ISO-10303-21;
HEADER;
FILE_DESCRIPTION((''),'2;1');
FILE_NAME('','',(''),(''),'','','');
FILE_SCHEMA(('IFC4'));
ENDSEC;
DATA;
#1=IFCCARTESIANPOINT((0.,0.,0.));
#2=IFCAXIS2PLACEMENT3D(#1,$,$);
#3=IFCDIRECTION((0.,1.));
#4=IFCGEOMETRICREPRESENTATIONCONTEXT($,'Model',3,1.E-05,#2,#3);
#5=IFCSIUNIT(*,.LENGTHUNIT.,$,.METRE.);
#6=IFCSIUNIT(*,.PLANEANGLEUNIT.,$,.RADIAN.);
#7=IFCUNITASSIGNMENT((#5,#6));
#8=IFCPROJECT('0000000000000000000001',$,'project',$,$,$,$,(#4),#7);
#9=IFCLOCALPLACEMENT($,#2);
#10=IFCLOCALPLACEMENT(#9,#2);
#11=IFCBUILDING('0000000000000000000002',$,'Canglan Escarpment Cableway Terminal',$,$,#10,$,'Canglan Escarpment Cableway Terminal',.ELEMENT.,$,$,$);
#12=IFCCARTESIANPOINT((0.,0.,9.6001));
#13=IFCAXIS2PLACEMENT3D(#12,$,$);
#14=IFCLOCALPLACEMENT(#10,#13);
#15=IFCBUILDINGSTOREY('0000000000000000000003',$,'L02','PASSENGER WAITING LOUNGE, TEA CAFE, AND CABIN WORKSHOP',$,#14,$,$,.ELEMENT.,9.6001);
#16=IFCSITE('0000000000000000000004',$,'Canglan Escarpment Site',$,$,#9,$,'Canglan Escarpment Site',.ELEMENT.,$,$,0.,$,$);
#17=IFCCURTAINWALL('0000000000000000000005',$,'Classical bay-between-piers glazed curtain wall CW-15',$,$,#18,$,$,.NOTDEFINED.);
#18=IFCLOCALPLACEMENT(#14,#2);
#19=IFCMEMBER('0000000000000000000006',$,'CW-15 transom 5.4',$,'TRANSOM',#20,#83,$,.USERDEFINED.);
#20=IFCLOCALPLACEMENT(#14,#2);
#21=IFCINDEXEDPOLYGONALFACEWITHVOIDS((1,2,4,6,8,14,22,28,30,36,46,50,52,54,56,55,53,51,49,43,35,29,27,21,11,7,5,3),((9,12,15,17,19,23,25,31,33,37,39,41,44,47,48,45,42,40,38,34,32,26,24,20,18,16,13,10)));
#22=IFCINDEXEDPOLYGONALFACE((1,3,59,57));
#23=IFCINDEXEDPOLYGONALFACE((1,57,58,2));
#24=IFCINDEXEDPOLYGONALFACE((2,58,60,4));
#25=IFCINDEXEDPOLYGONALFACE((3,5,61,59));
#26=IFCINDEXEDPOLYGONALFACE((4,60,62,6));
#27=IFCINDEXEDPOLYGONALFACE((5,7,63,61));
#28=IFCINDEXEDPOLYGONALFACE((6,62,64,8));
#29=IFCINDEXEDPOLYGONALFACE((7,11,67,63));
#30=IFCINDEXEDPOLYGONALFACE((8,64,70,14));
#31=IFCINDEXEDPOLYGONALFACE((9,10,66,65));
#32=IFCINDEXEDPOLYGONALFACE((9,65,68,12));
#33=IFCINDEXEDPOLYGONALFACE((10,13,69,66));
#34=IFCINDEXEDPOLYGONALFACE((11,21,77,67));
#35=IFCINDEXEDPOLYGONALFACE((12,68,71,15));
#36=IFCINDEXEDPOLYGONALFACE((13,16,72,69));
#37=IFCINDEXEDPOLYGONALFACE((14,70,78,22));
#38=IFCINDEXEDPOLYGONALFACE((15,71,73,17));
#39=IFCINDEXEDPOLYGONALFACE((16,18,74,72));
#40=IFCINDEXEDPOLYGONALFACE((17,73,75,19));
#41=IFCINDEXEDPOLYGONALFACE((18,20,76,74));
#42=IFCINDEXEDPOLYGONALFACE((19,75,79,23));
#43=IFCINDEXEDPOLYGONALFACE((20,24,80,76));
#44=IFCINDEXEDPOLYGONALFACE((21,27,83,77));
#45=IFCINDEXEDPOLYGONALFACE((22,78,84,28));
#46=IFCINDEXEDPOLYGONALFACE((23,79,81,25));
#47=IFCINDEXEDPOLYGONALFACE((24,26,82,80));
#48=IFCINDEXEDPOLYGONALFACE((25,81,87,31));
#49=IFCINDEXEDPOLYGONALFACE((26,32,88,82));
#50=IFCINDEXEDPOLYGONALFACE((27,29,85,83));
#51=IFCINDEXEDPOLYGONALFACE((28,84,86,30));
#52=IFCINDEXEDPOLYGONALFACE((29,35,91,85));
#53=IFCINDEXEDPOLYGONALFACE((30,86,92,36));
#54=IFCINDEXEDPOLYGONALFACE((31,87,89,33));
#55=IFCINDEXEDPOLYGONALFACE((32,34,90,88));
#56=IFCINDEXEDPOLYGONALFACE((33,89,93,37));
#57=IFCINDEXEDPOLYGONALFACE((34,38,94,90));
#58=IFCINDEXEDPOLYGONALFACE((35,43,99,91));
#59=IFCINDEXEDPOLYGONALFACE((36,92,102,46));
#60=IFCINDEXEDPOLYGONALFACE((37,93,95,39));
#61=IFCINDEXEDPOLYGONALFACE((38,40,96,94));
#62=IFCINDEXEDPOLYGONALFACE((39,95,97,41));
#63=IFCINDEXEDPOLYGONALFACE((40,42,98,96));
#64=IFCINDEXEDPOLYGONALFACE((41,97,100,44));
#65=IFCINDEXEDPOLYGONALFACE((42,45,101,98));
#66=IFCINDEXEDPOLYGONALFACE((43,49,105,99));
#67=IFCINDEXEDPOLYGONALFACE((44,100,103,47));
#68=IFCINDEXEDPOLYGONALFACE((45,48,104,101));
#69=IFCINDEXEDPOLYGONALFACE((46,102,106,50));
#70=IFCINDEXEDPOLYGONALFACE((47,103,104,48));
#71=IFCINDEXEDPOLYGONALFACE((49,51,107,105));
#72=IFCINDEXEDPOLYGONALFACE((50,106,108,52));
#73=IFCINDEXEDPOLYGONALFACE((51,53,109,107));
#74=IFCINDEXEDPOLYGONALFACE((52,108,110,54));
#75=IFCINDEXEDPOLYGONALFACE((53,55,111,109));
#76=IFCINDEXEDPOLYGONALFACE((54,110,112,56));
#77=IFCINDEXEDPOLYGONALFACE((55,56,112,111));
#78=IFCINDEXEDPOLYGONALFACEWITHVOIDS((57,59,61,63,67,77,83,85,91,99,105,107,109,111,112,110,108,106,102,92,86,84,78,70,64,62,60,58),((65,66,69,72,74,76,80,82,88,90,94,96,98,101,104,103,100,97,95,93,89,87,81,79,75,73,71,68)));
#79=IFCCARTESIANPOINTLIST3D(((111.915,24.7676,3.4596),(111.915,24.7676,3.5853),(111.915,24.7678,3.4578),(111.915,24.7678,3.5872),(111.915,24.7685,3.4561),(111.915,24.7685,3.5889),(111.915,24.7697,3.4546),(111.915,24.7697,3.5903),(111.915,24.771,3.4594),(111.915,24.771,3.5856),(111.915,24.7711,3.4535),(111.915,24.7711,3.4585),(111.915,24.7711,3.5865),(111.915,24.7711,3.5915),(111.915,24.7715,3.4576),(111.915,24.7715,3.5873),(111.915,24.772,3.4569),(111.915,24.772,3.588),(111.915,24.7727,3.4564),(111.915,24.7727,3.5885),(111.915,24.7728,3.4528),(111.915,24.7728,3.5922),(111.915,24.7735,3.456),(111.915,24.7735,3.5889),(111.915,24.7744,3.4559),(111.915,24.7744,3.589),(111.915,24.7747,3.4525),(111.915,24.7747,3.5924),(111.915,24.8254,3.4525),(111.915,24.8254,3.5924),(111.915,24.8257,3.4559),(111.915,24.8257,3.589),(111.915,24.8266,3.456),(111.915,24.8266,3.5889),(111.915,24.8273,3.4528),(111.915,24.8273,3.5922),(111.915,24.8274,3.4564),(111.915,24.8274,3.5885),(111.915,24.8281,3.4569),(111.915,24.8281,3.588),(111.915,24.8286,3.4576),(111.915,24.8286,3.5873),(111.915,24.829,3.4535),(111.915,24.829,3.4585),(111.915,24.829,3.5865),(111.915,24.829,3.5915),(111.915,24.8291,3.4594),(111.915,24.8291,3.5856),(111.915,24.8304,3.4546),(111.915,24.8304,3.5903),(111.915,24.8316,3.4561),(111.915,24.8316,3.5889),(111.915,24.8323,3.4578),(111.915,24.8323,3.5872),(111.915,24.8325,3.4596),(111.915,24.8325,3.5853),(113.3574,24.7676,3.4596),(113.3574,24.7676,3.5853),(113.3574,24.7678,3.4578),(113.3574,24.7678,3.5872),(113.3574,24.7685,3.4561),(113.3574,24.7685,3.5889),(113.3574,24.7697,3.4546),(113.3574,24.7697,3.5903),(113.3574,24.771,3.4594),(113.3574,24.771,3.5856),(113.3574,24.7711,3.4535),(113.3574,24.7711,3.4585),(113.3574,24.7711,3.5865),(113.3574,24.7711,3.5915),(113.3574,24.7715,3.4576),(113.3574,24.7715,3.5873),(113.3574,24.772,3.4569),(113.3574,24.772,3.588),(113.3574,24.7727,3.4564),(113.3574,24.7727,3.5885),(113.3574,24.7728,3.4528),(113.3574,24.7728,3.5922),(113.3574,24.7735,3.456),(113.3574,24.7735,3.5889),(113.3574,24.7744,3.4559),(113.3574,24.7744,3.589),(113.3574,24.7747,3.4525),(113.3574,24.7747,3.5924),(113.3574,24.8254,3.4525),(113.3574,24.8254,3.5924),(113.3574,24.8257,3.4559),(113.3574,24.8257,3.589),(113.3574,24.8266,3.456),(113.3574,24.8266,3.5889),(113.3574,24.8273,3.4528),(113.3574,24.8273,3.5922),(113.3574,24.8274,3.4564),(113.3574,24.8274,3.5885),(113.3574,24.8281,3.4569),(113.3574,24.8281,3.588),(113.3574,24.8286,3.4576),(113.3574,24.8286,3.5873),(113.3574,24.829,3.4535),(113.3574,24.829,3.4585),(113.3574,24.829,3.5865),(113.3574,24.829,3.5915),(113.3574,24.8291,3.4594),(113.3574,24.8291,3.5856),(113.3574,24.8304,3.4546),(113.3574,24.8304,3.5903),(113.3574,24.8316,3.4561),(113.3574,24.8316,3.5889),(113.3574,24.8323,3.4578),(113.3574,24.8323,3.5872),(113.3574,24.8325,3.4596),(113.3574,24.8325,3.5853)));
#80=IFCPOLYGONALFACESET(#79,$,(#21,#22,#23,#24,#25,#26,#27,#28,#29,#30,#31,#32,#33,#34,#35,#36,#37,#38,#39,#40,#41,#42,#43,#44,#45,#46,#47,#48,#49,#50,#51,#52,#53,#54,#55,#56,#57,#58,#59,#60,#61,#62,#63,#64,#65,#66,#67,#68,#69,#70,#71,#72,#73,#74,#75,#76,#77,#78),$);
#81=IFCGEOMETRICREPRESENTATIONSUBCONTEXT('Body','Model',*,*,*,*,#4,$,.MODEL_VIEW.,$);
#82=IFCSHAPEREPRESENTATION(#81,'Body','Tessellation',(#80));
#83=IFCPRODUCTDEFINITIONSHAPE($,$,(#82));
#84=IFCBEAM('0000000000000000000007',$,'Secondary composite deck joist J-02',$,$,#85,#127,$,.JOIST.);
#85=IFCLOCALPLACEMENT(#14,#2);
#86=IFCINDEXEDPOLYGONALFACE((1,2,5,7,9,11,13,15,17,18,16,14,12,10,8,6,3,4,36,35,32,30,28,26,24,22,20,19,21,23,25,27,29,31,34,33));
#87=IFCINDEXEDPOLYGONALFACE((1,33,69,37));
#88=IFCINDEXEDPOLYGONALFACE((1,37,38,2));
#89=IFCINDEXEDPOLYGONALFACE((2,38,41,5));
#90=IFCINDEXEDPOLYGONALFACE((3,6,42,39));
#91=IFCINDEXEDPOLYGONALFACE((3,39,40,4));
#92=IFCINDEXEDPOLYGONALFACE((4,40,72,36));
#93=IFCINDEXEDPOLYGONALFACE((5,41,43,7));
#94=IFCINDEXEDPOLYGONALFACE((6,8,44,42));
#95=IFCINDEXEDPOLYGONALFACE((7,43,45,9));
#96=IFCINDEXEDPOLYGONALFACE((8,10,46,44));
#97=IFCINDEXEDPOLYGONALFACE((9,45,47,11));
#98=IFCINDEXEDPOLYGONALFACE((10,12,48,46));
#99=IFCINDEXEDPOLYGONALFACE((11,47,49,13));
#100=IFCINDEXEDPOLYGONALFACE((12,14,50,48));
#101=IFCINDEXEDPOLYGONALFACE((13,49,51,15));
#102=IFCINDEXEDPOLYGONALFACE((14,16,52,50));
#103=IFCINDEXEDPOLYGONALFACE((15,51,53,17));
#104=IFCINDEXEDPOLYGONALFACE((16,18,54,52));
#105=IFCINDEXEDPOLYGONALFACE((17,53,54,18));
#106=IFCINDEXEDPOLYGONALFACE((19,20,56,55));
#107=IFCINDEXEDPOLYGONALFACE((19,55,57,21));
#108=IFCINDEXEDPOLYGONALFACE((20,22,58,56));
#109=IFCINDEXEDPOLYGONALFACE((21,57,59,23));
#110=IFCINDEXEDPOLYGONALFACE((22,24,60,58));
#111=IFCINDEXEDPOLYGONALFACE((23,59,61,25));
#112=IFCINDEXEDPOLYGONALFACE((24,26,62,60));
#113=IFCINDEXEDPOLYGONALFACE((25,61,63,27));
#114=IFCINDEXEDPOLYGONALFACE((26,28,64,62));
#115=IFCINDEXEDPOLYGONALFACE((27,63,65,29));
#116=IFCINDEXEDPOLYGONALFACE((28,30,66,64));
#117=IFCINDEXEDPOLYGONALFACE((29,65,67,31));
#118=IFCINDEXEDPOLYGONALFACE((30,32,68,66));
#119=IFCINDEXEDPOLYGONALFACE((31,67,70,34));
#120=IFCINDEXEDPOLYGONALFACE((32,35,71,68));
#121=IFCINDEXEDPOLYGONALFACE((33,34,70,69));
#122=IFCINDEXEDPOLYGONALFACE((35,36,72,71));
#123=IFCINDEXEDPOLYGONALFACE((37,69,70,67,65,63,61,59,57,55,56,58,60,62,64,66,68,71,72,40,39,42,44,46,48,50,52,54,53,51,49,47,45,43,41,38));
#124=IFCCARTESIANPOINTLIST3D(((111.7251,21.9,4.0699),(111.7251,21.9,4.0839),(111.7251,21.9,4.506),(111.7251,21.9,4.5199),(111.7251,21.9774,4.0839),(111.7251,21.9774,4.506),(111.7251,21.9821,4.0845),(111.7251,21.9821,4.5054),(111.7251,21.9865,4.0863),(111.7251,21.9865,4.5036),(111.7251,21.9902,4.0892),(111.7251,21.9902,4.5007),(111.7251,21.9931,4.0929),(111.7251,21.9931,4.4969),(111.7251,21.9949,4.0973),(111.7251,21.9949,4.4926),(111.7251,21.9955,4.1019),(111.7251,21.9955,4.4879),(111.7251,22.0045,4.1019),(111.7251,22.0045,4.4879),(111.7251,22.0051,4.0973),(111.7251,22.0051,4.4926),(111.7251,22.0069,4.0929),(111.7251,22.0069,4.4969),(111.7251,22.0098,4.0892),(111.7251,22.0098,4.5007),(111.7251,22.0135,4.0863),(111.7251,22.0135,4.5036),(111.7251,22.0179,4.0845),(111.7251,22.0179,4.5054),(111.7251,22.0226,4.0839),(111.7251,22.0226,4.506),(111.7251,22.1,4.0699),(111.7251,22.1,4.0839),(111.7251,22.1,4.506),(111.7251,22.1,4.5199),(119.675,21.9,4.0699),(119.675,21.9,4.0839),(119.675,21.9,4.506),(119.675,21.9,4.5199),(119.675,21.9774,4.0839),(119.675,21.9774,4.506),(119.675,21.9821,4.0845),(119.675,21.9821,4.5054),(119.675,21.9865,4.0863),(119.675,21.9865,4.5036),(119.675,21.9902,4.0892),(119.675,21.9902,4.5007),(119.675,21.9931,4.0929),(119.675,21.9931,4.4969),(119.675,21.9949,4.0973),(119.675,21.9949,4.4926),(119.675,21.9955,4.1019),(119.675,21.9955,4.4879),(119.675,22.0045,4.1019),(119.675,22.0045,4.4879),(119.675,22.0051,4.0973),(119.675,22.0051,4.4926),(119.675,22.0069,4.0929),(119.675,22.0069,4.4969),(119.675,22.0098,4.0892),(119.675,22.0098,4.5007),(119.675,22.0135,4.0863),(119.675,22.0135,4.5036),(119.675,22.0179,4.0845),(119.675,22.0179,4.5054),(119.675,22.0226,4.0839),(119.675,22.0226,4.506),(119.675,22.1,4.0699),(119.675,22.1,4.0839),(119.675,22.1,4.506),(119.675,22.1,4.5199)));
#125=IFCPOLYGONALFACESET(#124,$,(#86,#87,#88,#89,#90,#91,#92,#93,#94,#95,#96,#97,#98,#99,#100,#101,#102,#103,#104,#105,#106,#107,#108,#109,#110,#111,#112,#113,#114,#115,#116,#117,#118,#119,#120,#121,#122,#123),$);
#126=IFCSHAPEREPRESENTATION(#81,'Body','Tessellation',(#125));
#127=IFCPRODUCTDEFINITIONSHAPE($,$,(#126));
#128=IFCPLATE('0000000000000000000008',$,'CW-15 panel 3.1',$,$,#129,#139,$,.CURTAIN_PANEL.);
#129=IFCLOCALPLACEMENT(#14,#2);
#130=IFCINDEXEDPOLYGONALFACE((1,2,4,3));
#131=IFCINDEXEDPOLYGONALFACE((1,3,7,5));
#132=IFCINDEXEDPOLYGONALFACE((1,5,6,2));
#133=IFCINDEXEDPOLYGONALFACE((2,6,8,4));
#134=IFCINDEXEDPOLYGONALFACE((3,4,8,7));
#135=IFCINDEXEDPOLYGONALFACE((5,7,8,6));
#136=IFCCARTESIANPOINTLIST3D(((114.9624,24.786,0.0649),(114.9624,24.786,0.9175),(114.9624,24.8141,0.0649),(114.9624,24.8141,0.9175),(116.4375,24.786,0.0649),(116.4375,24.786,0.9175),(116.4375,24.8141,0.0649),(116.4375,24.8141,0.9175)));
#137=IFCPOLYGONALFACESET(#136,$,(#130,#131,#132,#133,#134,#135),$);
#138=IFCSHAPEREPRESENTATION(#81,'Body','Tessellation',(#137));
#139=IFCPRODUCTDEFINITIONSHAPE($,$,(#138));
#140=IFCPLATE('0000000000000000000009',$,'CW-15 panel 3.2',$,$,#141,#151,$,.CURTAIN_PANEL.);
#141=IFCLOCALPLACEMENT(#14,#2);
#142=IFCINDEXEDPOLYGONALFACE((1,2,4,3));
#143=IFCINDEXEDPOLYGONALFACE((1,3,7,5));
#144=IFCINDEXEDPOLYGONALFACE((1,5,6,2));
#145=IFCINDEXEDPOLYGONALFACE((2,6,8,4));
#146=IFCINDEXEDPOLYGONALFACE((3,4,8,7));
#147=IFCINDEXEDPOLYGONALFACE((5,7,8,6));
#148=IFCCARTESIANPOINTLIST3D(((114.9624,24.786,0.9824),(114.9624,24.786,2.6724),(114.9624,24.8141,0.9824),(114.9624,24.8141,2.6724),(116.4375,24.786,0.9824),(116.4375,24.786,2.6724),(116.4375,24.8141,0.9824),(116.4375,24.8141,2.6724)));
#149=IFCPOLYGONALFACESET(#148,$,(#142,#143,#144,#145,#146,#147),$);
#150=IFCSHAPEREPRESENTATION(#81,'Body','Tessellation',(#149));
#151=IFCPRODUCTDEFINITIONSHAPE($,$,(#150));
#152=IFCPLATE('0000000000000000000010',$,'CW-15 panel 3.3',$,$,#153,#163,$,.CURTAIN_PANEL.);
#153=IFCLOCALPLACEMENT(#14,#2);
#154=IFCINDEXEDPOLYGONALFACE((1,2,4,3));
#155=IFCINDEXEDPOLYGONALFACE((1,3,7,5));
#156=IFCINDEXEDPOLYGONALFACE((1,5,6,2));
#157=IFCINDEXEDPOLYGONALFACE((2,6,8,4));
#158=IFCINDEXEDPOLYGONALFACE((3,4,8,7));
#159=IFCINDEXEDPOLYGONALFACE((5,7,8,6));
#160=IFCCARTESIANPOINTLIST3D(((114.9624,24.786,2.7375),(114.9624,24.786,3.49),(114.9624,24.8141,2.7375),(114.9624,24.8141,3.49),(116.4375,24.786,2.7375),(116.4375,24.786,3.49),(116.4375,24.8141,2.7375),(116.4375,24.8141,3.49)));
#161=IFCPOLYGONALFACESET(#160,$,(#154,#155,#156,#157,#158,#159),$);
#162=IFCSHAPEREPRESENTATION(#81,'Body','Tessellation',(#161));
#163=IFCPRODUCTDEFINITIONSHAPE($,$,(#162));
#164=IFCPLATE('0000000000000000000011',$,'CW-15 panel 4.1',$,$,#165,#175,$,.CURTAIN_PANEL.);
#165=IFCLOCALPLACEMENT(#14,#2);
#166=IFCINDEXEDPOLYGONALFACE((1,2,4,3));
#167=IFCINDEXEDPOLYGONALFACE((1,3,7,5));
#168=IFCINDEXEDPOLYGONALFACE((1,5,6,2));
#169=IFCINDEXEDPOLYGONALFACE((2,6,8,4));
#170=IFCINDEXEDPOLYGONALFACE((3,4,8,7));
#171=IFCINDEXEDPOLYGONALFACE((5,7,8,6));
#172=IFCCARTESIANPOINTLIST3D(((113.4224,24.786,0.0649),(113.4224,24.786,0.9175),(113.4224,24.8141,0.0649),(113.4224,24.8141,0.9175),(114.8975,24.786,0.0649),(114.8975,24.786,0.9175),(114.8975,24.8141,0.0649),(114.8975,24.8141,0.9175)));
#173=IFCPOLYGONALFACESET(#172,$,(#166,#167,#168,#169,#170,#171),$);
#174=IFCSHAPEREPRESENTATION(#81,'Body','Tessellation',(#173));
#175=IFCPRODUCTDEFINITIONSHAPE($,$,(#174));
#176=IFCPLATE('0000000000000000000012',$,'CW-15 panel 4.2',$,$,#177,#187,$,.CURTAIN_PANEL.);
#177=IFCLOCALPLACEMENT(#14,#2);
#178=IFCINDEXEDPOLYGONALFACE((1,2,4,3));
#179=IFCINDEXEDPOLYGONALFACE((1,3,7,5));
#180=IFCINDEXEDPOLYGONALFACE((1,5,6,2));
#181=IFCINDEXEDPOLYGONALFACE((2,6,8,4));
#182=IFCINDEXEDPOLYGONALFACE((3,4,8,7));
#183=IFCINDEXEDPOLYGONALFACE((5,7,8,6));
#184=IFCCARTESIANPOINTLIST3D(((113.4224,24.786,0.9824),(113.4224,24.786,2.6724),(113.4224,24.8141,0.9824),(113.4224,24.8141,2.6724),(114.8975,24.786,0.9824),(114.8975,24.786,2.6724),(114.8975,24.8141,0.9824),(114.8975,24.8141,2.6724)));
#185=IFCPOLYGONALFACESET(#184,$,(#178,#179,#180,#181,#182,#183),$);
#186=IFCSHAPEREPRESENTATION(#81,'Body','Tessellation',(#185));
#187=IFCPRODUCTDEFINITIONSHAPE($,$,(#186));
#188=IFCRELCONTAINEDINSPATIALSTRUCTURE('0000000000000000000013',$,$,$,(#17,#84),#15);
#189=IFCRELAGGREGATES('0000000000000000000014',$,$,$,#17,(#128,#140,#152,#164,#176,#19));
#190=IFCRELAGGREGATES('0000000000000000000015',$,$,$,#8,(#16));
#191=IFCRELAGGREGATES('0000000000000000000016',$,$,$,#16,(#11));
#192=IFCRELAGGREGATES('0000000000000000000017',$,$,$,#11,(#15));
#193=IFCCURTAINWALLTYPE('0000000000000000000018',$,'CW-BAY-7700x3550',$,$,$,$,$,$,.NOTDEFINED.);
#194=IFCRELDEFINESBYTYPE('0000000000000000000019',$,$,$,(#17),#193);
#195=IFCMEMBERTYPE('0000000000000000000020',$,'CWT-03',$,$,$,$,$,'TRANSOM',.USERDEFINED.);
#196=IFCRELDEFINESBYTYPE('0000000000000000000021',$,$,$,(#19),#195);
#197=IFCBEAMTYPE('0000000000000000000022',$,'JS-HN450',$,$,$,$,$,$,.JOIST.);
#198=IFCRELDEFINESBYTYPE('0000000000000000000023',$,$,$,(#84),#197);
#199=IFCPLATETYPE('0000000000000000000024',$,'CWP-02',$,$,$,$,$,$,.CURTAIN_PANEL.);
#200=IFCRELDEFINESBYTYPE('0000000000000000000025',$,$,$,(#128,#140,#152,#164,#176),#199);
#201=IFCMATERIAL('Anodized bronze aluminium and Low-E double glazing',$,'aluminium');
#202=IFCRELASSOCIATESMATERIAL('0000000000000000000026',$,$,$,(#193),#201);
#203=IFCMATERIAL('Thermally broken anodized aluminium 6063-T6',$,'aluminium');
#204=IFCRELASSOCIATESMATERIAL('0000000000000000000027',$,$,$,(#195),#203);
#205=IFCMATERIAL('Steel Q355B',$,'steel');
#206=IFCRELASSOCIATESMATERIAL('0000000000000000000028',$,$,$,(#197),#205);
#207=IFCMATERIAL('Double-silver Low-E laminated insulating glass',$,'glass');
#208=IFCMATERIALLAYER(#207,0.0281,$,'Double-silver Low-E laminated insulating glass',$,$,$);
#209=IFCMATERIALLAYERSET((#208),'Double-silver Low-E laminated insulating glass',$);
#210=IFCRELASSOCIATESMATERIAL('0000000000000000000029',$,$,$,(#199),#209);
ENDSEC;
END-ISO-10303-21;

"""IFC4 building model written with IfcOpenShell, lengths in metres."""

from ifc_helpers import new_model, si_unit, direction, frame, origin, origin_2d, place, context, subcontext, project, spatial, rectangle, hollow_rectangle, i_section, extrude, material, layer, layer_set, material_profile, profile_set, type_object, element, aggregate, save


model = new_model("IFC4")

# Units and contexts
model_context = context("Model", 3, precision=1e-05, world=origin(), true_north=direction((0.0, 1.0)))
body_context = subcontext(model_context, "Body", "Model", "MODEL_VIEW")
ifc_project = project(units=[si_unit("LENGTHUNIT", "METRE"), si_unit("PLANEANGLEUNIT", "RADIAN")], contexts=[model_context])

# Site, building, storey
site_placement = place(None, origin())
site = spatial("IfcSite", under=ifc_project, at=site_placement, Name="Canglan Escarpment Site", LongName="Canglan Escarpment Site", CompositionType="ELEMENT", RefElevation=0.0)
building_placement = place(site_placement, origin())
building = spatial("IfcBuilding", under=site, at=building_placement, Name="Canglan Escarpment Cableway Terminal", LongName="Canglan Escarpment Cableway Terminal", CompositionType="ELEMENT")
storey_placement = place(building_placement, frame((0.0, 0.0, 9.6001)))
storey = spatial("IfcBuildingStorey", under=building, at=storey_placement, Name="L02", Description="PASSENGER WAITING LOUNGE, TEA CAFE, AND CABIN WORKSHOP", CompositionType="ELEMENT", Elevation=9.6001)

# Curtain wall, member
ifc_material_1 = material(Name="Anodized bronze aluminium and Low-E double glazing", Category="aluminium")
curtain_wall_type = type_object("IfcCurtainWallType", Name="CW-BAY-7700x3550", PredefinedType="NOTDEFINED", material=ifc_material_1)
curtain_wall_placement = place(storey_placement, origin())
curtain_wall = element("IfcCurtainWall", 1, at=curtain_wall_placement, inside=storey, type_object=curtain_wall_type, Name="Classical bay-between-piers glazed curtain wall CW-15", PredefinedType="NOTDEFINED")
ifc_material_2 = material(Name="Thermally broken anodized aluminium 6063-T6", Category="aluminium")
ifc_material_profile_1 = material_profile(ifc_material_2, hollow_rectangle(XDim=0.0649, YDim=0.1399, WallThickness=0.0034, InnerFilletRadius=0.0034, OuterFilletRadius=0.0071, at=origin_2d()), Name="ALU-TRAN 65x140x3.5")
ifc_profile_set_1 = profile_set([ifc_material_profile_1], Name="Thermally broken anodized aluminium 6063-T6")
member_type_1 = type_object("IfcMemberType", Name="CWT-03", ElementType="TRANSOM", PredefinedType="USERDEFINED", material=ifc_profile_set_1)
member_1_placement = place(storey_placement, frame((113.3574, 24.8, 3.5225), z_axis=(-1.0, 0.0, 0.0), x_axis=(0.0, -1.0, 0.0)))
member_1 = element("IfcMember", 2, at=member_1_placement, type_object=member_type_1, Name="CW-15 transom 5.4", ObjectType="TRANSOM", PredefinedType="USERDEFINED", context=body_context, shape_type="SweptSolid", body=[
    extrude(hollow_rectangle(XDim=0.0649, YDim=0.1399, WallThickness=0.0034, InnerFilletRadius=0.0034, OuterFilletRadius=0.0071, at=origin_2d()), origin(), (0.0, 0.0, 1.0), 1.4424),
])

# Beam
ifc_material_3 = material(Name="Steel Q355B", Category="steel")
ifc_material_profile_2 = material_profile(ifc_material_3, i_section(OverallWidth=0.2, OverallDepth=0.45, WebThickness=0.009, FlangeThickness=0.0139, FilletRadius=0.0181, at=origin_2d()), Name="HN 450x200x9x14")
ifc_profile_set_2 = profile_set([ifc_material_profile_2], Name="Steel Q355B")
beam_type_1 = type_object("IfcBeamType", Name="JS-HN450", PredefinedType="JOIST", material=ifc_profile_set_2)
beam_1_placement = place(storey_placement, frame((111.7251, 22.0, 4.2949), z_axis=(1.0, 0.0, 0.0), x_axis=(0.0, 1.0, 0.0)))
element("IfcBeam", 3, at=beam_1_placement, inside=storey, type_object=beam_type_1, Name="Secondary composite deck joist J-02", PredefinedType="JOIST", context=body_context, shape_type="SweptSolid", body=[
    extrude(i_section(OverallWidth=0.2, OverallDepth=0.45, WebThickness=0.009, FlangeThickness=0.0139, FilletRadius=0.0181, at=origin_2d()), origin(), (0.0, 0.0, 1.0), 7.95),
])

# Plates
ifc_material_4 = material(Name="Double-silver Low-E laminated insulating glass", Category="glass")
ifc_layer_1 = layer(ifc_material_4, 0.0281, Name="Double-silver Low-E laminated insulating glass")
ifc_layer_set_1 = layer_set([ifc_layer_1], Name="Double-silver Low-E laminated insulating glass")
plate_type = type_object("IfcPlateType", Name="CWP-02", PredefinedType="CURTAIN_PANEL", material=ifc_layer_set_1)
plate_1_placement = place(storey_placement, frame((115.7, 24.8, 0.0649), z_axis=(0.0, 0.0, 1.0), x_axis=(-1.0, 0.0, 0.0)))
plate_1 = element("IfcPlate", 4, at=plate_1_placement, type_object=plate_type, Name="CW-15 panel 3.1", PredefinedType="CURTAIN_PANEL", context=body_context, shape_type="SweptSolid", body=[
    extrude(rectangle(XDim=1.4751, YDim=0.0281, at=origin_2d()), origin(), (0.0, 0.0, 1.0), 0.8525),
])
plate_2_placement = place(storey_placement, frame((115.7, 24.8, 0.9824), z_axis=(0.0, 0.0, 1.0), x_axis=(-1.0, 0.0, 0.0)))
plate_2 = element("IfcPlate", 5, at=plate_2_placement, type_object=plate_type, Name="CW-15 panel 3.2", PredefinedType="CURTAIN_PANEL", context=body_context, shape_type="SweptSolid", body=[
    extrude(rectangle(XDim=1.4751, YDim=0.0281, at=origin_2d()), origin(), (0.0, 0.0, 1.0), 1.6899),
])
plate_3_placement = place(storey_placement, frame((115.7, 24.8, 2.7375), z_axis=(0.0, 0.0, 1.0), x_axis=(-1.0, 0.0, 0.0)))
plate_3 = element("IfcPlate", 6, at=plate_3_placement, type_object=plate_type, Name="CW-15 panel 3.3", PredefinedType="CURTAIN_PANEL", context=body_context, shape_type="SweptSolid", body=[
    extrude(rectangle(XDim=1.4751, YDim=0.0281, at=origin_2d()), origin(), (0.0, 0.0, 1.0), 0.7524),
])
plate_4_placement = place(storey_placement, frame((114.1599, 24.8, 0.0649), z_axis=(0.0, 0.0, 1.0), x_axis=(-1.0, 0.0, 0.0)))
plate_4 = element("IfcPlate", 7, at=plate_4_placement, type_object=plate_type, Name="CW-15 panel 4.1", PredefinedType="CURTAIN_PANEL", context=body_context, shape_type="SweptSolid", body=[
    extrude(rectangle(XDim=1.4751, YDim=0.0281, at=origin_2d()), origin(), (0.0, 0.0, 1.0), 0.8525),
])
plate_5_placement = place(storey_placement, frame((114.1599, 24.8, 0.9824), z_axis=(0.0, 0.0, 1.0), x_axis=(-1.0, 0.0, 0.0)))
plate_5 = element("IfcPlate", 8, at=plate_5_placement, type_object=plate_type, Name="CW-15 panel 4.2", PredefinedType="CURTAIN_PANEL", context=body_context, shape_type="SweptSolid", body=[
    extrude(rectangle(XDim=1.4751, YDim=0.0281, at=origin_2d()), origin(), (0.0, 0.0, 1.0), 1.6899),
])
aggregate(curtain_wall, [plate_1, plate_2, plate_3, plate_4, plate_5, member_1])

save(model, "model.ifc")
